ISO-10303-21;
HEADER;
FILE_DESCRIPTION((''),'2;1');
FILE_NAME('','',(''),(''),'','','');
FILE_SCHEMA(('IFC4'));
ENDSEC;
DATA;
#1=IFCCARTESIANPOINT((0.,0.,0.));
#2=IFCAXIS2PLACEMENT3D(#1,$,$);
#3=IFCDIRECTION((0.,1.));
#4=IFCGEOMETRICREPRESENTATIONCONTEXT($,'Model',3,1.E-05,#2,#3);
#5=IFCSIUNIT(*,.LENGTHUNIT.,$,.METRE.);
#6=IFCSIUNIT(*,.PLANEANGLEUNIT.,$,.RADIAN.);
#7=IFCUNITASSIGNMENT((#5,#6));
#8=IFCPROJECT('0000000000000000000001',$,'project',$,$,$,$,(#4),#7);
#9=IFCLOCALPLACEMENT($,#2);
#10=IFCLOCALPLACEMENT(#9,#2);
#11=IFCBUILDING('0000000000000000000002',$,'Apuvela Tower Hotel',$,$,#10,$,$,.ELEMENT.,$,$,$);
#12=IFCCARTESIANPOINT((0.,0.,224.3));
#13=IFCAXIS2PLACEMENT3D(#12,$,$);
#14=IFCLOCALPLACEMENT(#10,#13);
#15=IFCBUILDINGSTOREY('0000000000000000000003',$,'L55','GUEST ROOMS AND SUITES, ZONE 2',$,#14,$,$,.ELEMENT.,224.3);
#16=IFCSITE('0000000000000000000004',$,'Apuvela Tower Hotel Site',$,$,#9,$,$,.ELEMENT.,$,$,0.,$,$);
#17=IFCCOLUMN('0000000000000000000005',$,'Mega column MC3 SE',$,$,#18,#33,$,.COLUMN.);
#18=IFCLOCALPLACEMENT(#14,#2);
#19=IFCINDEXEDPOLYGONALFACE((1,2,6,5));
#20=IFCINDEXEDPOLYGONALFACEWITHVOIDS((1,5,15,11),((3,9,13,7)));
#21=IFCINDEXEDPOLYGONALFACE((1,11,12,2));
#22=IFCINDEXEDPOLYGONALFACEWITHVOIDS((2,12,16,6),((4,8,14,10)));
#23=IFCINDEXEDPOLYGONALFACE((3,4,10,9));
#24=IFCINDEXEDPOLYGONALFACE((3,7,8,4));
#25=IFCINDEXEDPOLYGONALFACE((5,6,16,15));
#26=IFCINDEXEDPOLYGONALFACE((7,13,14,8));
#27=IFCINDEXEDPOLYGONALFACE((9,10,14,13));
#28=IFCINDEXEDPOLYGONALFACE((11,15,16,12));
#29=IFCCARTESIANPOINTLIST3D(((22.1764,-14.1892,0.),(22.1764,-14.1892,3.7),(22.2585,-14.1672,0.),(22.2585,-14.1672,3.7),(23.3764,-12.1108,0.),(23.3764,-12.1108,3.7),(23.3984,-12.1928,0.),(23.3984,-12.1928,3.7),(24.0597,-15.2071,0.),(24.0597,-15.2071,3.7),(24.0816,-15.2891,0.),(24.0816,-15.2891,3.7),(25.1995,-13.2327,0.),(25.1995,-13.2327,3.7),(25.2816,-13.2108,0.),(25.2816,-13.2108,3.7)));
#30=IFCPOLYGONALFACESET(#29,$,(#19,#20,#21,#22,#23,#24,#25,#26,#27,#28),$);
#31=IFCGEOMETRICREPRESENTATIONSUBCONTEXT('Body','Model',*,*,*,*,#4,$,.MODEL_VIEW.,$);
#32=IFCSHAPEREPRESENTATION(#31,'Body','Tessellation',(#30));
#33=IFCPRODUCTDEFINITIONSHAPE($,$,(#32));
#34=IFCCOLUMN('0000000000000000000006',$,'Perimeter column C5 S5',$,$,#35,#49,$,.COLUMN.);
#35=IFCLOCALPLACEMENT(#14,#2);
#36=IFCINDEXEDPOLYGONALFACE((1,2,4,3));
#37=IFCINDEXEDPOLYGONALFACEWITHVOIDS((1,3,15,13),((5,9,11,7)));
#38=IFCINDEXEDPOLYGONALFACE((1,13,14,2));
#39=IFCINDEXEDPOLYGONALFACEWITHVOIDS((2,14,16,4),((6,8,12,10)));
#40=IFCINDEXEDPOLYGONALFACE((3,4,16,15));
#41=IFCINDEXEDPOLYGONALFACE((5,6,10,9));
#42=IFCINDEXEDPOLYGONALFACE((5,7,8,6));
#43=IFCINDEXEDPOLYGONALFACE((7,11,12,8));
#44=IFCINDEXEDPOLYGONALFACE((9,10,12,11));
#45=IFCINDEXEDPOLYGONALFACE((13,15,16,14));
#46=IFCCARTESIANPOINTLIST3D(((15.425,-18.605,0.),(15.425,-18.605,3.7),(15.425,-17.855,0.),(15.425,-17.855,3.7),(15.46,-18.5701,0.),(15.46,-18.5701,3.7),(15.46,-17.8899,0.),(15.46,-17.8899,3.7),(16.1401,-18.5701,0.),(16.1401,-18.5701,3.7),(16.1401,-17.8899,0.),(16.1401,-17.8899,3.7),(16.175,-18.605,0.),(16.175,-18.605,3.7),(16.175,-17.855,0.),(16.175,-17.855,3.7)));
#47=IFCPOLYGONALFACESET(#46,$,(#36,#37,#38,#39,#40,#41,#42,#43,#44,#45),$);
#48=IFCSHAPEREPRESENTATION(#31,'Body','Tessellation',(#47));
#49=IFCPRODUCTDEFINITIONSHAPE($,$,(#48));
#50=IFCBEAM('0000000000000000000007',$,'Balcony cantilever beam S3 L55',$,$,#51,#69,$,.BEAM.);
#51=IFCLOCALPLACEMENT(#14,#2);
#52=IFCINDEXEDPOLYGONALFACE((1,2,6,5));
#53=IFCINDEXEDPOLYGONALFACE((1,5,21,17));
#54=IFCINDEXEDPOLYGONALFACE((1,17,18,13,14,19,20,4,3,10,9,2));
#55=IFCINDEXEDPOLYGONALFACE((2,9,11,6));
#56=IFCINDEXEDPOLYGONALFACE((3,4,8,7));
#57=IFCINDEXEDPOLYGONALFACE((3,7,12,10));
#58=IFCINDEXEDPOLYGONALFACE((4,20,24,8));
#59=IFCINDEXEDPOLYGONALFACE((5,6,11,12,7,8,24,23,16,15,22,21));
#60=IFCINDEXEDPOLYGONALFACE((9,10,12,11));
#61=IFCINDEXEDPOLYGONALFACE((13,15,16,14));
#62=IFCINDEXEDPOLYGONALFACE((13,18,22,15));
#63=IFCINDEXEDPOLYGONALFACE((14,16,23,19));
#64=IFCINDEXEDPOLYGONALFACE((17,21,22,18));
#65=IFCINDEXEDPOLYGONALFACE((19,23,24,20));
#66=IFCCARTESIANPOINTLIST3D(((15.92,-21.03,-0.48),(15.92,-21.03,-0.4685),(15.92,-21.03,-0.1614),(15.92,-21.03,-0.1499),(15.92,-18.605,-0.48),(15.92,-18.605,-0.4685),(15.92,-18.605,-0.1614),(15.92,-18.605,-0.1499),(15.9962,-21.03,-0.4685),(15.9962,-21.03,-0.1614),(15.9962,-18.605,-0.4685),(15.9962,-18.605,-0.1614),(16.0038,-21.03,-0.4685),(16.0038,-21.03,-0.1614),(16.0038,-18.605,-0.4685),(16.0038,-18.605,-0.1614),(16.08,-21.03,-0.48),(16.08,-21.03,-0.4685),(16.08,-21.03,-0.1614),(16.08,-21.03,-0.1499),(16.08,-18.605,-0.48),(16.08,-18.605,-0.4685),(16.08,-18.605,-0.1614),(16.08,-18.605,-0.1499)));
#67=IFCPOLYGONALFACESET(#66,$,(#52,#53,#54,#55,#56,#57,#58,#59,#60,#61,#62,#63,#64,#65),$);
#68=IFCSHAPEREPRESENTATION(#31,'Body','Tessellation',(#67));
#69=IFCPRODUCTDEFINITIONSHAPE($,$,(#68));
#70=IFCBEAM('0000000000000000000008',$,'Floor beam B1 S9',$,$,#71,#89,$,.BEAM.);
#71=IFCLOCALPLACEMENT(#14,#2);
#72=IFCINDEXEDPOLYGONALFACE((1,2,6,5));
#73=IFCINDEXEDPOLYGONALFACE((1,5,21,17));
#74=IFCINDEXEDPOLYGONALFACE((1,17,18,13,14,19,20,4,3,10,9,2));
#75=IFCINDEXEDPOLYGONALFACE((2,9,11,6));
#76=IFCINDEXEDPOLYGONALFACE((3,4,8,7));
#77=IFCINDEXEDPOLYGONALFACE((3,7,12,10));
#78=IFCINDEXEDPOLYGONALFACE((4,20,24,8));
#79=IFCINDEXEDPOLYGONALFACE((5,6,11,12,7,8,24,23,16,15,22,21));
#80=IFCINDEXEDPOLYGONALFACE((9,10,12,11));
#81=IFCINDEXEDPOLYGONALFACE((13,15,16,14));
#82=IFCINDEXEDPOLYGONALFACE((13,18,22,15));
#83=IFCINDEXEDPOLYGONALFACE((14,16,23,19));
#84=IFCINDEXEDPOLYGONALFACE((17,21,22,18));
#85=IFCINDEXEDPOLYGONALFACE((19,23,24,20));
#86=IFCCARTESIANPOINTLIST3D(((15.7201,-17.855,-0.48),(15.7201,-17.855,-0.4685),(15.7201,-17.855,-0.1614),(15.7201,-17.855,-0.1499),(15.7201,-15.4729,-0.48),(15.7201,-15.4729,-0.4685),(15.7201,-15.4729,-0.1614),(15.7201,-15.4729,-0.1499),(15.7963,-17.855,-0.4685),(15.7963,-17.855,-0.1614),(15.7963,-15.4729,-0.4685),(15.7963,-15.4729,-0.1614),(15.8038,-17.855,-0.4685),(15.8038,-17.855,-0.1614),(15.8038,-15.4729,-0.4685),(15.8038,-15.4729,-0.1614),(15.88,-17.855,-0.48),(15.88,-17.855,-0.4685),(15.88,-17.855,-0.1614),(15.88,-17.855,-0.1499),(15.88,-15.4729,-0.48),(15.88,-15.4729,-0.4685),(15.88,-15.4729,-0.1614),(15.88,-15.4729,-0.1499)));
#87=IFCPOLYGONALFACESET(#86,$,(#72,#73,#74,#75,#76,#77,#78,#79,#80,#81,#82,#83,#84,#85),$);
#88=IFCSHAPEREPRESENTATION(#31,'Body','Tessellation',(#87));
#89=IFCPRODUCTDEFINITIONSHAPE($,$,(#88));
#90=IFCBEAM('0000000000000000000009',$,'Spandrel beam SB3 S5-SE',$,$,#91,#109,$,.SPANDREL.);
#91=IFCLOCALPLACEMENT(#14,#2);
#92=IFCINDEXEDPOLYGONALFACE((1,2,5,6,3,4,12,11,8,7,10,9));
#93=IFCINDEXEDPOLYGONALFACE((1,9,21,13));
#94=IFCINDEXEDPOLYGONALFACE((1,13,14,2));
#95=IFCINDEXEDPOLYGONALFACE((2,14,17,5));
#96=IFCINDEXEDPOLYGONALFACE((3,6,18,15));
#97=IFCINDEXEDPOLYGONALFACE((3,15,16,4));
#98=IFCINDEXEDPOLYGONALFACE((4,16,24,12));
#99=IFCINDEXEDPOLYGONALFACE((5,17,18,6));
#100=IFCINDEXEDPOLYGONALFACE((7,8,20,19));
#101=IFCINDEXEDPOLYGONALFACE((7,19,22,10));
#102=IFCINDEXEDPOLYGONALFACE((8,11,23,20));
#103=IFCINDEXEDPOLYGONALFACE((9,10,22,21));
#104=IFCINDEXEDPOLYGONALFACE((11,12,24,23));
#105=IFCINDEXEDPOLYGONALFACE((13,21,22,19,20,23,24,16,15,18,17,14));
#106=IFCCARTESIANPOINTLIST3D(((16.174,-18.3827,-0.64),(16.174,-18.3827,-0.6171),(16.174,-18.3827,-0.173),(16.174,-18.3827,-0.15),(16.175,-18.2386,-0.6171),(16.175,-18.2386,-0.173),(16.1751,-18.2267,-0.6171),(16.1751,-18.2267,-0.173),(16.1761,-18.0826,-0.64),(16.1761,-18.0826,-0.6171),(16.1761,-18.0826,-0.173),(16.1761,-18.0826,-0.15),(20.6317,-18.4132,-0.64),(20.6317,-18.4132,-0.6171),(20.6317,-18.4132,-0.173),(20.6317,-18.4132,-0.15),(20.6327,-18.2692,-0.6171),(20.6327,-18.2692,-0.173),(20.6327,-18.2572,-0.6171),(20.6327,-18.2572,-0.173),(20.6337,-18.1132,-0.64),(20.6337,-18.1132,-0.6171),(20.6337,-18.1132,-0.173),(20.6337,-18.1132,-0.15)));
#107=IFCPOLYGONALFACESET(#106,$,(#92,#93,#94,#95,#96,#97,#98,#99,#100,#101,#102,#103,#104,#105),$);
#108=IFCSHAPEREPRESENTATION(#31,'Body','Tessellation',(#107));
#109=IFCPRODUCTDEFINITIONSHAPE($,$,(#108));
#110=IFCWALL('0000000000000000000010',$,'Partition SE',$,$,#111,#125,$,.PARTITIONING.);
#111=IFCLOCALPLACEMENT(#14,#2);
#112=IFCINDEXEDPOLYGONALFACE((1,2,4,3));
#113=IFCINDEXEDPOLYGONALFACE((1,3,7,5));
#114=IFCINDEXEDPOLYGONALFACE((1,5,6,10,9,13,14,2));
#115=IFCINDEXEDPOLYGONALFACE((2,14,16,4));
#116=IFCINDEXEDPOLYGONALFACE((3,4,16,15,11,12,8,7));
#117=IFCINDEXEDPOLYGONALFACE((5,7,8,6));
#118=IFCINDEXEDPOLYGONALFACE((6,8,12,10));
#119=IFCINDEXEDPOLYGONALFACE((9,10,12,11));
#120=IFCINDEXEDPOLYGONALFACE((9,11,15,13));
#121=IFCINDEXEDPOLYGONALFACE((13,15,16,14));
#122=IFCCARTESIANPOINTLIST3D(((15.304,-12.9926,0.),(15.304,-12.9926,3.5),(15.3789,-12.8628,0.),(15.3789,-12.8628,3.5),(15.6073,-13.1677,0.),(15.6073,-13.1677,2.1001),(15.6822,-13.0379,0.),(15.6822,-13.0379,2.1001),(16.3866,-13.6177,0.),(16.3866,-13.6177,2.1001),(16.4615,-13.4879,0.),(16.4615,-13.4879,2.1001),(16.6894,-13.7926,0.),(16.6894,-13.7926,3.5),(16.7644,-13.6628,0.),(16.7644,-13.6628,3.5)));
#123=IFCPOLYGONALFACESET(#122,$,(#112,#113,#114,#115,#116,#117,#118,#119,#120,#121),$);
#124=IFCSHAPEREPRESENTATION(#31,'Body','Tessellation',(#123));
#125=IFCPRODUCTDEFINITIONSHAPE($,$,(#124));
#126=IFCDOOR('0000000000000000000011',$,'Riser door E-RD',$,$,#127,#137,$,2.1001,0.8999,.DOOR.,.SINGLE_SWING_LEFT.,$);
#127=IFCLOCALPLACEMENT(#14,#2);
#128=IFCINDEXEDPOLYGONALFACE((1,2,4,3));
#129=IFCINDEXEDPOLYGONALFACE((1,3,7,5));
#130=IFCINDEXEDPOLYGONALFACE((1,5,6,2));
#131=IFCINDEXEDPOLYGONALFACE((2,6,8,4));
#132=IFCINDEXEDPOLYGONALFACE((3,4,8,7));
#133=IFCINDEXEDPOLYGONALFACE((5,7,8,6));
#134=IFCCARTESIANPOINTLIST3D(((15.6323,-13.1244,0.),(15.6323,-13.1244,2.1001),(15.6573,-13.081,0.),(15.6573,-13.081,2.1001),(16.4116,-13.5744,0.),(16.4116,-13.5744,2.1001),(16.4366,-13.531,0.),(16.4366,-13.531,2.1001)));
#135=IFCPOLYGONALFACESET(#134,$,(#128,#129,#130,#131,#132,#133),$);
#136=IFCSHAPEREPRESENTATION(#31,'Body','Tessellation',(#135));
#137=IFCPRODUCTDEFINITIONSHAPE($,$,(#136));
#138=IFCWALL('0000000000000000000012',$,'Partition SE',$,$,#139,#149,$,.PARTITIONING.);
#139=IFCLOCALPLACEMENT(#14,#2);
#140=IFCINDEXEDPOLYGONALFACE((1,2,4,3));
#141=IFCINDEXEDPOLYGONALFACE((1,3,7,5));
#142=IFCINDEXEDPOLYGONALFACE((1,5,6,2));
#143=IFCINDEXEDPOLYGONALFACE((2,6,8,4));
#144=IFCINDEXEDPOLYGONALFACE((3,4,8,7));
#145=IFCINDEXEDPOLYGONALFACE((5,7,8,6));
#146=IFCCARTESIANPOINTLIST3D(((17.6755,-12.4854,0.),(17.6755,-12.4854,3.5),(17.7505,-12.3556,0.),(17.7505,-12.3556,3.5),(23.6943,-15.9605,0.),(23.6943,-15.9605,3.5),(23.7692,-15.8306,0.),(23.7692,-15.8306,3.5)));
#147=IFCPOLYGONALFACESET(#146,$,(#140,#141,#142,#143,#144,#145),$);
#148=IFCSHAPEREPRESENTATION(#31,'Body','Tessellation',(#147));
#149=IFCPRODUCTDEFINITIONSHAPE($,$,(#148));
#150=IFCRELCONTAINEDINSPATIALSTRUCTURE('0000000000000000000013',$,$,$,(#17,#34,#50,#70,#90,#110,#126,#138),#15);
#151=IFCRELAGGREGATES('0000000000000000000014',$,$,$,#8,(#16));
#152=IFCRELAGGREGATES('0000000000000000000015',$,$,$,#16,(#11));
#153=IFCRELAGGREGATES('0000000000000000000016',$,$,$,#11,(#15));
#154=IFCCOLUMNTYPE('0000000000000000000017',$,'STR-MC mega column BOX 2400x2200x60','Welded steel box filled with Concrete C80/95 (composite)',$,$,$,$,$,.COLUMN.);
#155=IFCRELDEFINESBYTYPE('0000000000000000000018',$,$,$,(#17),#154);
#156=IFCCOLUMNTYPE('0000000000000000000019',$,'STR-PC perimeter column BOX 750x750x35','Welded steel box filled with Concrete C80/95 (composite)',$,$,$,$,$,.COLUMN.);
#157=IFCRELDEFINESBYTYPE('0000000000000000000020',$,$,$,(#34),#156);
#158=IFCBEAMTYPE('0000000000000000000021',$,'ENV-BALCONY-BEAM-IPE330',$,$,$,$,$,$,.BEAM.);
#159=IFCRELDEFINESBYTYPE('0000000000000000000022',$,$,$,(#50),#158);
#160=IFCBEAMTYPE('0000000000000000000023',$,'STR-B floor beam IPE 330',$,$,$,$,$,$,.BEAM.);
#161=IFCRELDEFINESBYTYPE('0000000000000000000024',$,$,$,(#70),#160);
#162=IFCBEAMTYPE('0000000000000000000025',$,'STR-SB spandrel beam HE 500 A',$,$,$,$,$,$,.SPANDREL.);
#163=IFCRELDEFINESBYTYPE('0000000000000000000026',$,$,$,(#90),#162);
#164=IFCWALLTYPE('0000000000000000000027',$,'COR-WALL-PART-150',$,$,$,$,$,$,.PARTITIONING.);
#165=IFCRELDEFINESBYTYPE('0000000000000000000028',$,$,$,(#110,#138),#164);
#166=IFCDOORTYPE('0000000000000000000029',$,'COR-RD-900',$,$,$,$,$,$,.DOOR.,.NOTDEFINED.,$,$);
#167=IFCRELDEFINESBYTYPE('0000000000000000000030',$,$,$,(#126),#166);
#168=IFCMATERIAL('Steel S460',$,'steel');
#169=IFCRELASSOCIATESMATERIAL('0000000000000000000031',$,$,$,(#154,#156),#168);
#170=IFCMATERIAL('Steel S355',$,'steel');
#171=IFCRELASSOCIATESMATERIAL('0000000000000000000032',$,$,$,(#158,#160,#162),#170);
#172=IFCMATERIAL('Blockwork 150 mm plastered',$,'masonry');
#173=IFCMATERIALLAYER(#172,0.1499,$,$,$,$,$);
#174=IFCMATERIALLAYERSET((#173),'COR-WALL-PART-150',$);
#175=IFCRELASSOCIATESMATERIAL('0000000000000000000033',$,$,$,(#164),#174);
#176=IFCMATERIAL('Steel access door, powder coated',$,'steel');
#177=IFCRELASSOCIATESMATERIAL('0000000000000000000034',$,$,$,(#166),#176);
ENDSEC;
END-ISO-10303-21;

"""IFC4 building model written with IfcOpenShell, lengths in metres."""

from ifc_helpers import new_model, si_unit, direction, frame, frame_2d, origin, origin_2d, place, context, subcontext, project, spatial, rectangle, hollow_rectangle, i_section, extrude, material, layer, layer_set, material_profile, profile_set, type_object, element, fill, save


model = new_model("IFC4")

# Units and contexts
model_context = context("Model", 3, precision=1e-05, world=origin(), true_north=direction((0.0, 1.0)))
body_context = subcontext(model_context, "Body", "Model", "MODEL_VIEW")
ifc_project = project(units=[si_unit("LENGTHUNIT", "METRE"), si_unit("PLANEANGLEUNIT", "RADIAN")], contexts=[model_context])

# Site, building, storey
site_placement = place(None, origin())
site = spatial("IfcSite", under=ifc_project, at=site_placement, Name="Apuvela Tower Hotel Site", CompositionType="ELEMENT", RefElevation=0.0)
building_placement = place(site_placement, origin())
building = spatial("IfcBuilding", under=site, at=building_placement, Name="Apuvela Tower Hotel", CompositionType="ELEMENT")
storey_placement = place(building_placement, frame((0.0, 0.0, 224.3)))
storey = spatial("IfcBuildingStorey", under=building, at=storey_placement, Name="L55", Description="GUEST ROOMS AND SUITES, ZONE 2", CompositionType="ELEMENT", Elevation=224.3)

# Columns
ifc_material_1 = material(Name="Steel S460", Category="steel")
ifc_material_profile_1 = material_profile(ifc_material_1, hollow_rectangle(XDim=2.3999, YDim=2.2, WallThickness=0.0601, at=origin_2d()), Name="BOX 2400x2200x60")
ifc_material_2 = material(Name="Concrete C80/95", Category="concrete")
ifc_material_profile_2 = material_profile(ifc_material_2, rectangle(XDim=2.28, YDim=2.0801, at=origin_2d()), Name="Concrete C80/95 infill")
ifc_profile_set_1 = profile_set([ifc_material_profile_1, ifc_material_profile_2], Name="Steel S460")
column_type_1 = type_object("IfcColumnType", Name="STR-MC mega column BOX 2400x2200x60", Description="Welded steel box filled with Concrete C80/95 (composite)", PredefinedType="COLUMN", material=ifc_profile_set_1)
column_1_placement = place(storey_placement, frame((23.729, -13.7, 0.0), z_axis=(0.0, 0.0, 1.0), x_axis=(0.5, 0.866025, 0.0)))
element("IfcColumn", 1, at=column_1_placement, inside=storey, type_object=column_type_1, Name="Mega column MC3 SE", PredefinedType="COLUMN", context=body_context, shape_type="SweptSolid", body=[
    extrude(hollow_rectangle(XDim=2.3999, YDim=2.2, WallThickness=0.0601, at=origin_2d()), origin(), (0.0, 0.0, 1.0), 3.7),
])
ifc_material_profile_3 = material_profile(ifc_material_1, hollow_rectangle(XDim=0.75, YDim=0.75, WallThickness=0.0349, at=origin_2d()), Name="BOX 750x750x35")
ifc_material_profile_4 = material_profile(ifc_material_2, rectangle(XDim=0.6799, YDim=0.6799, at=origin_2d()), Name="Concrete C80/95 infill")
ifc_profile_set_2 = profile_set([ifc_material_profile_3, ifc_material_profile_4], Name="Steel S460")
column_type_2 = type_object("IfcColumnType", Name="STR-PC perimeter column BOX 750x750x35", Description="Welded steel box filled with Concrete C80/95 (composite)", PredefinedType="COLUMN", material=ifc_profile_set_2)
column_2_placement = place(storey_placement, frame((15.8, -18.23, 0.0), z_axis=(0.0, 0.0, 1.0), x_axis=(-1.0, 0.0, 0.0)))
element("IfcColumn", 2, at=column_2_placement, inside=storey, type_object=column_type_2, Name="Perimeter column C5 S5", PredefinedType="COLUMN", context=body_context, shape_type="SweptSolid", body=[
    extrude(hollow_rectangle(XDim=0.75, YDim=0.75, WallThickness=0.0349, at=origin_2d()), origin(), (0.0, 0.0, 1.0), 3.7),
])

# Beams
ifc_material_3 = material(Name="Steel S355", Category="steel")
ifc_material_profile_5 = material_profile(ifc_material_3, i_section(OverallWidth=0.1599, OverallDepth=0.3301, WebThickness=0.0076, FlangeThickness=0.0115, at=origin_2d()), Name="IPE 330")
ifc_profile_set_3 = profile_set([ifc_material_profile_5], Name="Steel S355")
beam_type_1 = type_object("IfcBeamType", Name="ENV-BALCONY-BEAM-IPE330", PredefinedType="BEAM", material=ifc_profile_set_3)
beam_1_placement = place(storey_placement, frame((16.0, -18.605, -0.3149), z_axis=(0.0, -1.0, 0.0), x_axis=(1.0, 0.0, 0.0)))
element("IfcBeam", 3, at=beam_1_placement, inside=storey, type_object=beam_type_1, Name="Balcony cantilever beam S3 L55", PredefinedType="BEAM", context=body_context, shape_type="SweptSolid", body=[
    extrude(i_section(OverallWidth=0.1599, OverallDepth=0.3301, WebThickness=0.0076, FlangeThickness=0.0115, at=origin_2d()), origin(), (0.0, 0.0, 1.0), 2.425),
])
ifc_material_profile_6 = material_profile(ifc_material_3, i_section(OverallWidth=0.1599, OverallDepth=0.3301, WebThickness=0.0076, FlangeThickness=0.0115, at=origin_2d()), Name="IPE 330")
ifc_profile_set_4 = profile_set([ifc_material_profile_6], Name="Steel S355")
beam_type_2 = type_object("IfcBeamType", Name="STR-B floor beam IPE 330", PredefinedType="BEAM", material=ifc_profile_set_4)
beam_2_placement = place(storey_placement, frame((15.8, -17.855, -0.3149), z_axis=(0.0, 1.0, 0.0), x_axis=(-1.0, 0.0, 0.0)))
element("IfcBeam", 4, at=beam_2_placement, inside=storey, type_object=beam_type_2, Name="Floor beam B1 S9", PredefinedType="BEAM", context=body_context, shape_type="SweptSolid", body=[
    extrude(i_section(OverallWidth=0.1599, OverallDepth=0.3301, WebThickness=0.0076, FlangeThickness=0.0115, at=origin_2d()), origin(), (0.0, 0.0, 1.0), 2.3821),
])
ifc_material_profile_7 = material_profile(ifc_material_3, i_section(OverallWidth=0.3, OverallDepth=0.49, WebThickness=0.012, FlangeThickness=0.0229, at=origin_2d()), Name="HE 500 A")
ifc_profile_set_5 = profile_set([ifc_material_profile_7], Name="Steel S355")
beam_type_3 = type_object("IfcBeamType", Name="STR-SB spandrel beam HE 500 A", PredefinedType="SPANDREL", material=ifc_profile_set_5)
beam_3_placement = place(storey_placement, frame((16.175, -18.2327, -0.395), z_axis=(0.999977, -0.006846, 0.0), x_axis=(0.006846, 0.999977, 0.0)))
element("IfcBeam", 5, at=beam_3_placement, inside=storey, type_object=beam_type_3, Name="Spandrel beam SB3 S5-SE", PredefinedType="SPANDREL", context=body_context, shape_type="SweptSolid", body=[
    extrude(i_section(OverallWidth=0.3, OverallDepth=0.49, WebThickness=0.012, FlangeThickness=0.0229, at=origin_2d()), origin(), (0.0, 0.0, 1.0), 4.4578),
])

# Wall, opening, door
ifc_material_4 = material(Name="Blockwork 150 mm plastered", Category="masonry")
ifc_layer_1 = layer(ifc_material_4, 0.1499)
ifc_layer_set_1 = layer_set([ifc_layer_1], Name="COR-WALL-PART-150")
wall_type_1 = type_object("IfcWallType", Name="COR-WALL-PART-150", PredefinedType="PARTITIONING", material=ifc_layer_set_1)
wall_1_placement = place(storey_placement, frame((15.3416, -12.9277, 0.0), z_axis=(0.0, 0.0, 1.0), x_axis=(0.86599, -0.500061, 0.0)))
wall_1 = element("IfcWall", 6, at=wall_1_placement, inside=storey, type_object=wall_type_1, Name="Partition SE", PredefinedType="PARTITIONING", context=body_context, shape_type="SweptSolid", body=[
    extrude(rectangle(XDim=1.5999, YDim=0.1499, at=frame_2d((0.7998, 0.0))), origin(), (0.0, 0.0, 1.0), 3.5),
])
opening_1_placement = place(wall_1_placement, frame((0.3501, 0.0, 0.0)))
opening_1 = element("IfcOpeningElement", 7, at=opening_1_placement, cuts=wall_1, PredefinedType="OPENING", context=body_context, shape_type="SweptSolid", body=[
    extrude(rectangle(XDim=0.8999, YDim=2.1001, at=frame_2d((0.45, 1.05))), frame((0.0, 0.085, 0.0), z_axis=(0.0, -1.0, 0.0), x_axis=(1.0, 0.0, 0.0)), (0.0, 0.0, 1.0), 0.1699),
])
ifc_material_5 = material(Name="Steel access door, powder coated", Category="steel")
door_type_1 = type_object("IfcDoorType", Name="COR-RD-900", OperationType="NOTDEFINED", PredefinedType="DOOR", material=ifc_material_5)
door_1_placement = place(opening_1_placement, frame((0.8999, 0.0, 0.0), z_axis=(0.0, 0.0, 1.0), x_axis=(-1.0, 0.0, 0.0)))
door_1 = element("IfcDoor", 8, at=door_1_placement, inside=storey, type_object=door_type_1, Name="Riser door E-RD", OperationType="SINGLE_SWING_LEFT", OverallHeight=2.1001, OverallWidth=0.8999, PredefinedType="DOOR", context=body_context, shape_type="SweptSolid", body=[
    extrude(rectangle(XDim=0.8999, YDim=2.1001, at=frame_2d((0.45, 1.05))), frame((0.0, 0.0249, 0.0), z_axis=(0.0, -1.0, 0.0), x_axis=(1.0, 0.0, 0.0)), (0.0, 0.0, 1.0), 0.05),
])
fill(opening_1, door_1)

# Wall
wall_2_placement = place(storey_placement, frame((17.7129, -12.4204, 0.0), z_axis=(0.0, 0.0, 1.0), x_axis=(0.866017, -0.500015, 0.0)))
element("IfcWall", 9, at=wall_2_placement, inside=storey, type_object=wall_type_1, Name="Partition SE", PredefinedType="PARTITIONING", context=body_context, shape_type="SweptSolid", body=[
    extrude(rectangle(XDim=6.95, YDim=0.1499, at=frame_2d((3.4751, 0.0))), origin(), (0.0, 0.0, 1.0), 3.5),
])

save(model, "model.ifc")
